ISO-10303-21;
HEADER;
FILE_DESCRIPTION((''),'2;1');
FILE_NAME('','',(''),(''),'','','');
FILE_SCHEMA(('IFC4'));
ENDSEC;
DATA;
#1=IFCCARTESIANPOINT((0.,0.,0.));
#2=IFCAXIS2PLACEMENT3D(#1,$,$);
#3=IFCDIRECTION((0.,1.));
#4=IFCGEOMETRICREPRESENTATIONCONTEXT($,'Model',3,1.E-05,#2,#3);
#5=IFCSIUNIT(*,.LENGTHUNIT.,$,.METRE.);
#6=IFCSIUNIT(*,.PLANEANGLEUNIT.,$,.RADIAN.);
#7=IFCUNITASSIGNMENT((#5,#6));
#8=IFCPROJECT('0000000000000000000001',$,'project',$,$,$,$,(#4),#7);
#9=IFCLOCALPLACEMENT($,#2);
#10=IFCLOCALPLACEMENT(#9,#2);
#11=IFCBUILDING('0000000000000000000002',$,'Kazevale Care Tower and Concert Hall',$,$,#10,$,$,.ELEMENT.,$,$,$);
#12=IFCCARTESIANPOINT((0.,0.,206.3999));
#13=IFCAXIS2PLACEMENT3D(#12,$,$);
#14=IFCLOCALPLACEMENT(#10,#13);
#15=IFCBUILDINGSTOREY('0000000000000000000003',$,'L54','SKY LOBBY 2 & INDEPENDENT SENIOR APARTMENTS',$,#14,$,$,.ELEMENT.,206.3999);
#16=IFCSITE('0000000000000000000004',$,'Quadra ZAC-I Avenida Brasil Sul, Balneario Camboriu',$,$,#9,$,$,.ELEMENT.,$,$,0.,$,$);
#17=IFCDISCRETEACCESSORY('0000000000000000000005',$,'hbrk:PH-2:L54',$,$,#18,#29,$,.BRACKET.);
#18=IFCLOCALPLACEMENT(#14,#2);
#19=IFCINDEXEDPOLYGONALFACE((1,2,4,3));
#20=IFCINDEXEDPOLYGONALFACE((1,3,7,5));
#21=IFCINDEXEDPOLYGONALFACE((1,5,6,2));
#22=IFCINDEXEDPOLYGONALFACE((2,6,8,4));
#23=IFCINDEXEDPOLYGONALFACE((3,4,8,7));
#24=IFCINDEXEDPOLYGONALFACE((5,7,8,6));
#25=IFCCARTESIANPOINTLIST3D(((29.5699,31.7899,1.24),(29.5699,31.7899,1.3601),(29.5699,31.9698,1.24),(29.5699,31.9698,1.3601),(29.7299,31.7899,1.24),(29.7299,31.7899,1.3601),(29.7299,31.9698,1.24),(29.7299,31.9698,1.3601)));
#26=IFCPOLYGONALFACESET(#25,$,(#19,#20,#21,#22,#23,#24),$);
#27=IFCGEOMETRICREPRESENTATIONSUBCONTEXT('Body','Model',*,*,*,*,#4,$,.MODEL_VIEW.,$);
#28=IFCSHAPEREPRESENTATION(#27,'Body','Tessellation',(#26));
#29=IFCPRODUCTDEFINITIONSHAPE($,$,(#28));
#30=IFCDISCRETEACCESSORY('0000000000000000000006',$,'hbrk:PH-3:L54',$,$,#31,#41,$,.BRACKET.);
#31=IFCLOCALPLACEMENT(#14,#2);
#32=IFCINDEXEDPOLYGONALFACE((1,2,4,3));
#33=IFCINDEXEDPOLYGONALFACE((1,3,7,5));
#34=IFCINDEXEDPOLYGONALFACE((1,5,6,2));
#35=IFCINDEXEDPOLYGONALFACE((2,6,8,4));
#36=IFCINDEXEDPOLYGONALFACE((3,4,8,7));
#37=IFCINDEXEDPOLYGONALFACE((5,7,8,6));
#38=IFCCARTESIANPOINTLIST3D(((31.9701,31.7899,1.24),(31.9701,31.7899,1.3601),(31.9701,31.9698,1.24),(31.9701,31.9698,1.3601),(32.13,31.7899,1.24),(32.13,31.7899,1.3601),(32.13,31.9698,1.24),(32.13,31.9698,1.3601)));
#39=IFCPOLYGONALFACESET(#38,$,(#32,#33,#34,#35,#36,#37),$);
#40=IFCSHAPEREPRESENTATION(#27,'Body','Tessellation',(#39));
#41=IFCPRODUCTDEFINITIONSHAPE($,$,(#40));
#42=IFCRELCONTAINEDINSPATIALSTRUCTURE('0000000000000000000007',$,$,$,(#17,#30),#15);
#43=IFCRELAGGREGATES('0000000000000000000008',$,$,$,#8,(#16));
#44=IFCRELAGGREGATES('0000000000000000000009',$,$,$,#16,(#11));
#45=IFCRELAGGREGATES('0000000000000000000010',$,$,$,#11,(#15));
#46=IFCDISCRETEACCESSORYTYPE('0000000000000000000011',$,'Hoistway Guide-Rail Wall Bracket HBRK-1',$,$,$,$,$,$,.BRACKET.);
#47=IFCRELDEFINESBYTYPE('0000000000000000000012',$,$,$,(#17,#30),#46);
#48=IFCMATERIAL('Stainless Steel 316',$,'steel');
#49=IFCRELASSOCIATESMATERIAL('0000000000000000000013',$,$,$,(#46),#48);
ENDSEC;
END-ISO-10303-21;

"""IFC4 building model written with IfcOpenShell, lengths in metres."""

from ifc_helpers import new_model, si_unit, direction, frame, origin, origin_2d, place, context, subcontext, project, spatial, rectangle, extrude, material, type_object, element, save


model = new_model("IFC4")

# Units and contexts
model_context = context("Model", 3, precision=1e-05, world=origin(), true_north=direction((0.0, 1.0)))
body_context = subcontext(model_context, "Body", "Model", "MODEL_VIEW")
ifc_project = project(units=[si_unit("LENGTHUNIT", "METRE"), si_unit("PLANEANGLEUNIT", "RADIAN")], contexts=[model_context])

# Site, building, storey
site_placement = place(None, origin())
site = spatial("IfcSite", under=ifc_project, at=site_placement, Name="Quadra ZAC-I Avenida Brasil Sul, Balneario Camboriu", CompositionType="ELEMENT", RefElevation=0.0)
building_placement = place(site_placement, origin())
building = spatial("IfcBuilding", under=site, at=building_placement, Name="Kazevale Care Tower and Concert Hall", CompositionType="ELEMENT")
storey_placement = place(building_placement, frame((0.0, 0.0, 206.3999)))
storey = spatial("IfcBuildingStorey", under=building, at=storey_placement, Name="L54", Description="SKY LOBBY 2 & INDEPENDENT SENIOR APARTMENTS", CompositionType="ELEMENT", Elevation=206.3999)

# Shared definitions
ifc_material_1 = material(Name="Stainless Steel 316", Category="steel")

# Discrete accessories
discrete_accessory_type = type_object("IfcDiscreteAccessoryType", Name="Hoistway Guide-Rail Wall Bracket HBRK-1", PredefinedType="BRACKET", material=ifc_material_1)
for number, where, z_axis, x_axis, name in (
    (1, (29.6499, 31.8799, 1.24), (0.0, 0.0, 1.0), (1.0, 0.0, 0.0), "hbrk:PH-2:L54"),
    (2, (32.05, 31.8799, 1.24), (0.0, 0.0, 1.0), (1.0, 0.0, 0.0), "hbrk:PH-3:L54"),
):
    element("IfcDiscreteAccessory", number, at=place(storey_placement, frame(where, z_axis=z_axis, x_axis=x_axis)), inside=storey, type_object=discrete_accessory_type, Name=name, PredefinedType="BRACKET", context=body_context, shape_type="SweptSolid", body=[
        extrude(rectangle(XDim=0.1599, YDim=0.1799, at=origin_2d()), origin(), (0.0, 0.0, 1.0), 0.1201),
    ])

save(model, "model.ifc")
